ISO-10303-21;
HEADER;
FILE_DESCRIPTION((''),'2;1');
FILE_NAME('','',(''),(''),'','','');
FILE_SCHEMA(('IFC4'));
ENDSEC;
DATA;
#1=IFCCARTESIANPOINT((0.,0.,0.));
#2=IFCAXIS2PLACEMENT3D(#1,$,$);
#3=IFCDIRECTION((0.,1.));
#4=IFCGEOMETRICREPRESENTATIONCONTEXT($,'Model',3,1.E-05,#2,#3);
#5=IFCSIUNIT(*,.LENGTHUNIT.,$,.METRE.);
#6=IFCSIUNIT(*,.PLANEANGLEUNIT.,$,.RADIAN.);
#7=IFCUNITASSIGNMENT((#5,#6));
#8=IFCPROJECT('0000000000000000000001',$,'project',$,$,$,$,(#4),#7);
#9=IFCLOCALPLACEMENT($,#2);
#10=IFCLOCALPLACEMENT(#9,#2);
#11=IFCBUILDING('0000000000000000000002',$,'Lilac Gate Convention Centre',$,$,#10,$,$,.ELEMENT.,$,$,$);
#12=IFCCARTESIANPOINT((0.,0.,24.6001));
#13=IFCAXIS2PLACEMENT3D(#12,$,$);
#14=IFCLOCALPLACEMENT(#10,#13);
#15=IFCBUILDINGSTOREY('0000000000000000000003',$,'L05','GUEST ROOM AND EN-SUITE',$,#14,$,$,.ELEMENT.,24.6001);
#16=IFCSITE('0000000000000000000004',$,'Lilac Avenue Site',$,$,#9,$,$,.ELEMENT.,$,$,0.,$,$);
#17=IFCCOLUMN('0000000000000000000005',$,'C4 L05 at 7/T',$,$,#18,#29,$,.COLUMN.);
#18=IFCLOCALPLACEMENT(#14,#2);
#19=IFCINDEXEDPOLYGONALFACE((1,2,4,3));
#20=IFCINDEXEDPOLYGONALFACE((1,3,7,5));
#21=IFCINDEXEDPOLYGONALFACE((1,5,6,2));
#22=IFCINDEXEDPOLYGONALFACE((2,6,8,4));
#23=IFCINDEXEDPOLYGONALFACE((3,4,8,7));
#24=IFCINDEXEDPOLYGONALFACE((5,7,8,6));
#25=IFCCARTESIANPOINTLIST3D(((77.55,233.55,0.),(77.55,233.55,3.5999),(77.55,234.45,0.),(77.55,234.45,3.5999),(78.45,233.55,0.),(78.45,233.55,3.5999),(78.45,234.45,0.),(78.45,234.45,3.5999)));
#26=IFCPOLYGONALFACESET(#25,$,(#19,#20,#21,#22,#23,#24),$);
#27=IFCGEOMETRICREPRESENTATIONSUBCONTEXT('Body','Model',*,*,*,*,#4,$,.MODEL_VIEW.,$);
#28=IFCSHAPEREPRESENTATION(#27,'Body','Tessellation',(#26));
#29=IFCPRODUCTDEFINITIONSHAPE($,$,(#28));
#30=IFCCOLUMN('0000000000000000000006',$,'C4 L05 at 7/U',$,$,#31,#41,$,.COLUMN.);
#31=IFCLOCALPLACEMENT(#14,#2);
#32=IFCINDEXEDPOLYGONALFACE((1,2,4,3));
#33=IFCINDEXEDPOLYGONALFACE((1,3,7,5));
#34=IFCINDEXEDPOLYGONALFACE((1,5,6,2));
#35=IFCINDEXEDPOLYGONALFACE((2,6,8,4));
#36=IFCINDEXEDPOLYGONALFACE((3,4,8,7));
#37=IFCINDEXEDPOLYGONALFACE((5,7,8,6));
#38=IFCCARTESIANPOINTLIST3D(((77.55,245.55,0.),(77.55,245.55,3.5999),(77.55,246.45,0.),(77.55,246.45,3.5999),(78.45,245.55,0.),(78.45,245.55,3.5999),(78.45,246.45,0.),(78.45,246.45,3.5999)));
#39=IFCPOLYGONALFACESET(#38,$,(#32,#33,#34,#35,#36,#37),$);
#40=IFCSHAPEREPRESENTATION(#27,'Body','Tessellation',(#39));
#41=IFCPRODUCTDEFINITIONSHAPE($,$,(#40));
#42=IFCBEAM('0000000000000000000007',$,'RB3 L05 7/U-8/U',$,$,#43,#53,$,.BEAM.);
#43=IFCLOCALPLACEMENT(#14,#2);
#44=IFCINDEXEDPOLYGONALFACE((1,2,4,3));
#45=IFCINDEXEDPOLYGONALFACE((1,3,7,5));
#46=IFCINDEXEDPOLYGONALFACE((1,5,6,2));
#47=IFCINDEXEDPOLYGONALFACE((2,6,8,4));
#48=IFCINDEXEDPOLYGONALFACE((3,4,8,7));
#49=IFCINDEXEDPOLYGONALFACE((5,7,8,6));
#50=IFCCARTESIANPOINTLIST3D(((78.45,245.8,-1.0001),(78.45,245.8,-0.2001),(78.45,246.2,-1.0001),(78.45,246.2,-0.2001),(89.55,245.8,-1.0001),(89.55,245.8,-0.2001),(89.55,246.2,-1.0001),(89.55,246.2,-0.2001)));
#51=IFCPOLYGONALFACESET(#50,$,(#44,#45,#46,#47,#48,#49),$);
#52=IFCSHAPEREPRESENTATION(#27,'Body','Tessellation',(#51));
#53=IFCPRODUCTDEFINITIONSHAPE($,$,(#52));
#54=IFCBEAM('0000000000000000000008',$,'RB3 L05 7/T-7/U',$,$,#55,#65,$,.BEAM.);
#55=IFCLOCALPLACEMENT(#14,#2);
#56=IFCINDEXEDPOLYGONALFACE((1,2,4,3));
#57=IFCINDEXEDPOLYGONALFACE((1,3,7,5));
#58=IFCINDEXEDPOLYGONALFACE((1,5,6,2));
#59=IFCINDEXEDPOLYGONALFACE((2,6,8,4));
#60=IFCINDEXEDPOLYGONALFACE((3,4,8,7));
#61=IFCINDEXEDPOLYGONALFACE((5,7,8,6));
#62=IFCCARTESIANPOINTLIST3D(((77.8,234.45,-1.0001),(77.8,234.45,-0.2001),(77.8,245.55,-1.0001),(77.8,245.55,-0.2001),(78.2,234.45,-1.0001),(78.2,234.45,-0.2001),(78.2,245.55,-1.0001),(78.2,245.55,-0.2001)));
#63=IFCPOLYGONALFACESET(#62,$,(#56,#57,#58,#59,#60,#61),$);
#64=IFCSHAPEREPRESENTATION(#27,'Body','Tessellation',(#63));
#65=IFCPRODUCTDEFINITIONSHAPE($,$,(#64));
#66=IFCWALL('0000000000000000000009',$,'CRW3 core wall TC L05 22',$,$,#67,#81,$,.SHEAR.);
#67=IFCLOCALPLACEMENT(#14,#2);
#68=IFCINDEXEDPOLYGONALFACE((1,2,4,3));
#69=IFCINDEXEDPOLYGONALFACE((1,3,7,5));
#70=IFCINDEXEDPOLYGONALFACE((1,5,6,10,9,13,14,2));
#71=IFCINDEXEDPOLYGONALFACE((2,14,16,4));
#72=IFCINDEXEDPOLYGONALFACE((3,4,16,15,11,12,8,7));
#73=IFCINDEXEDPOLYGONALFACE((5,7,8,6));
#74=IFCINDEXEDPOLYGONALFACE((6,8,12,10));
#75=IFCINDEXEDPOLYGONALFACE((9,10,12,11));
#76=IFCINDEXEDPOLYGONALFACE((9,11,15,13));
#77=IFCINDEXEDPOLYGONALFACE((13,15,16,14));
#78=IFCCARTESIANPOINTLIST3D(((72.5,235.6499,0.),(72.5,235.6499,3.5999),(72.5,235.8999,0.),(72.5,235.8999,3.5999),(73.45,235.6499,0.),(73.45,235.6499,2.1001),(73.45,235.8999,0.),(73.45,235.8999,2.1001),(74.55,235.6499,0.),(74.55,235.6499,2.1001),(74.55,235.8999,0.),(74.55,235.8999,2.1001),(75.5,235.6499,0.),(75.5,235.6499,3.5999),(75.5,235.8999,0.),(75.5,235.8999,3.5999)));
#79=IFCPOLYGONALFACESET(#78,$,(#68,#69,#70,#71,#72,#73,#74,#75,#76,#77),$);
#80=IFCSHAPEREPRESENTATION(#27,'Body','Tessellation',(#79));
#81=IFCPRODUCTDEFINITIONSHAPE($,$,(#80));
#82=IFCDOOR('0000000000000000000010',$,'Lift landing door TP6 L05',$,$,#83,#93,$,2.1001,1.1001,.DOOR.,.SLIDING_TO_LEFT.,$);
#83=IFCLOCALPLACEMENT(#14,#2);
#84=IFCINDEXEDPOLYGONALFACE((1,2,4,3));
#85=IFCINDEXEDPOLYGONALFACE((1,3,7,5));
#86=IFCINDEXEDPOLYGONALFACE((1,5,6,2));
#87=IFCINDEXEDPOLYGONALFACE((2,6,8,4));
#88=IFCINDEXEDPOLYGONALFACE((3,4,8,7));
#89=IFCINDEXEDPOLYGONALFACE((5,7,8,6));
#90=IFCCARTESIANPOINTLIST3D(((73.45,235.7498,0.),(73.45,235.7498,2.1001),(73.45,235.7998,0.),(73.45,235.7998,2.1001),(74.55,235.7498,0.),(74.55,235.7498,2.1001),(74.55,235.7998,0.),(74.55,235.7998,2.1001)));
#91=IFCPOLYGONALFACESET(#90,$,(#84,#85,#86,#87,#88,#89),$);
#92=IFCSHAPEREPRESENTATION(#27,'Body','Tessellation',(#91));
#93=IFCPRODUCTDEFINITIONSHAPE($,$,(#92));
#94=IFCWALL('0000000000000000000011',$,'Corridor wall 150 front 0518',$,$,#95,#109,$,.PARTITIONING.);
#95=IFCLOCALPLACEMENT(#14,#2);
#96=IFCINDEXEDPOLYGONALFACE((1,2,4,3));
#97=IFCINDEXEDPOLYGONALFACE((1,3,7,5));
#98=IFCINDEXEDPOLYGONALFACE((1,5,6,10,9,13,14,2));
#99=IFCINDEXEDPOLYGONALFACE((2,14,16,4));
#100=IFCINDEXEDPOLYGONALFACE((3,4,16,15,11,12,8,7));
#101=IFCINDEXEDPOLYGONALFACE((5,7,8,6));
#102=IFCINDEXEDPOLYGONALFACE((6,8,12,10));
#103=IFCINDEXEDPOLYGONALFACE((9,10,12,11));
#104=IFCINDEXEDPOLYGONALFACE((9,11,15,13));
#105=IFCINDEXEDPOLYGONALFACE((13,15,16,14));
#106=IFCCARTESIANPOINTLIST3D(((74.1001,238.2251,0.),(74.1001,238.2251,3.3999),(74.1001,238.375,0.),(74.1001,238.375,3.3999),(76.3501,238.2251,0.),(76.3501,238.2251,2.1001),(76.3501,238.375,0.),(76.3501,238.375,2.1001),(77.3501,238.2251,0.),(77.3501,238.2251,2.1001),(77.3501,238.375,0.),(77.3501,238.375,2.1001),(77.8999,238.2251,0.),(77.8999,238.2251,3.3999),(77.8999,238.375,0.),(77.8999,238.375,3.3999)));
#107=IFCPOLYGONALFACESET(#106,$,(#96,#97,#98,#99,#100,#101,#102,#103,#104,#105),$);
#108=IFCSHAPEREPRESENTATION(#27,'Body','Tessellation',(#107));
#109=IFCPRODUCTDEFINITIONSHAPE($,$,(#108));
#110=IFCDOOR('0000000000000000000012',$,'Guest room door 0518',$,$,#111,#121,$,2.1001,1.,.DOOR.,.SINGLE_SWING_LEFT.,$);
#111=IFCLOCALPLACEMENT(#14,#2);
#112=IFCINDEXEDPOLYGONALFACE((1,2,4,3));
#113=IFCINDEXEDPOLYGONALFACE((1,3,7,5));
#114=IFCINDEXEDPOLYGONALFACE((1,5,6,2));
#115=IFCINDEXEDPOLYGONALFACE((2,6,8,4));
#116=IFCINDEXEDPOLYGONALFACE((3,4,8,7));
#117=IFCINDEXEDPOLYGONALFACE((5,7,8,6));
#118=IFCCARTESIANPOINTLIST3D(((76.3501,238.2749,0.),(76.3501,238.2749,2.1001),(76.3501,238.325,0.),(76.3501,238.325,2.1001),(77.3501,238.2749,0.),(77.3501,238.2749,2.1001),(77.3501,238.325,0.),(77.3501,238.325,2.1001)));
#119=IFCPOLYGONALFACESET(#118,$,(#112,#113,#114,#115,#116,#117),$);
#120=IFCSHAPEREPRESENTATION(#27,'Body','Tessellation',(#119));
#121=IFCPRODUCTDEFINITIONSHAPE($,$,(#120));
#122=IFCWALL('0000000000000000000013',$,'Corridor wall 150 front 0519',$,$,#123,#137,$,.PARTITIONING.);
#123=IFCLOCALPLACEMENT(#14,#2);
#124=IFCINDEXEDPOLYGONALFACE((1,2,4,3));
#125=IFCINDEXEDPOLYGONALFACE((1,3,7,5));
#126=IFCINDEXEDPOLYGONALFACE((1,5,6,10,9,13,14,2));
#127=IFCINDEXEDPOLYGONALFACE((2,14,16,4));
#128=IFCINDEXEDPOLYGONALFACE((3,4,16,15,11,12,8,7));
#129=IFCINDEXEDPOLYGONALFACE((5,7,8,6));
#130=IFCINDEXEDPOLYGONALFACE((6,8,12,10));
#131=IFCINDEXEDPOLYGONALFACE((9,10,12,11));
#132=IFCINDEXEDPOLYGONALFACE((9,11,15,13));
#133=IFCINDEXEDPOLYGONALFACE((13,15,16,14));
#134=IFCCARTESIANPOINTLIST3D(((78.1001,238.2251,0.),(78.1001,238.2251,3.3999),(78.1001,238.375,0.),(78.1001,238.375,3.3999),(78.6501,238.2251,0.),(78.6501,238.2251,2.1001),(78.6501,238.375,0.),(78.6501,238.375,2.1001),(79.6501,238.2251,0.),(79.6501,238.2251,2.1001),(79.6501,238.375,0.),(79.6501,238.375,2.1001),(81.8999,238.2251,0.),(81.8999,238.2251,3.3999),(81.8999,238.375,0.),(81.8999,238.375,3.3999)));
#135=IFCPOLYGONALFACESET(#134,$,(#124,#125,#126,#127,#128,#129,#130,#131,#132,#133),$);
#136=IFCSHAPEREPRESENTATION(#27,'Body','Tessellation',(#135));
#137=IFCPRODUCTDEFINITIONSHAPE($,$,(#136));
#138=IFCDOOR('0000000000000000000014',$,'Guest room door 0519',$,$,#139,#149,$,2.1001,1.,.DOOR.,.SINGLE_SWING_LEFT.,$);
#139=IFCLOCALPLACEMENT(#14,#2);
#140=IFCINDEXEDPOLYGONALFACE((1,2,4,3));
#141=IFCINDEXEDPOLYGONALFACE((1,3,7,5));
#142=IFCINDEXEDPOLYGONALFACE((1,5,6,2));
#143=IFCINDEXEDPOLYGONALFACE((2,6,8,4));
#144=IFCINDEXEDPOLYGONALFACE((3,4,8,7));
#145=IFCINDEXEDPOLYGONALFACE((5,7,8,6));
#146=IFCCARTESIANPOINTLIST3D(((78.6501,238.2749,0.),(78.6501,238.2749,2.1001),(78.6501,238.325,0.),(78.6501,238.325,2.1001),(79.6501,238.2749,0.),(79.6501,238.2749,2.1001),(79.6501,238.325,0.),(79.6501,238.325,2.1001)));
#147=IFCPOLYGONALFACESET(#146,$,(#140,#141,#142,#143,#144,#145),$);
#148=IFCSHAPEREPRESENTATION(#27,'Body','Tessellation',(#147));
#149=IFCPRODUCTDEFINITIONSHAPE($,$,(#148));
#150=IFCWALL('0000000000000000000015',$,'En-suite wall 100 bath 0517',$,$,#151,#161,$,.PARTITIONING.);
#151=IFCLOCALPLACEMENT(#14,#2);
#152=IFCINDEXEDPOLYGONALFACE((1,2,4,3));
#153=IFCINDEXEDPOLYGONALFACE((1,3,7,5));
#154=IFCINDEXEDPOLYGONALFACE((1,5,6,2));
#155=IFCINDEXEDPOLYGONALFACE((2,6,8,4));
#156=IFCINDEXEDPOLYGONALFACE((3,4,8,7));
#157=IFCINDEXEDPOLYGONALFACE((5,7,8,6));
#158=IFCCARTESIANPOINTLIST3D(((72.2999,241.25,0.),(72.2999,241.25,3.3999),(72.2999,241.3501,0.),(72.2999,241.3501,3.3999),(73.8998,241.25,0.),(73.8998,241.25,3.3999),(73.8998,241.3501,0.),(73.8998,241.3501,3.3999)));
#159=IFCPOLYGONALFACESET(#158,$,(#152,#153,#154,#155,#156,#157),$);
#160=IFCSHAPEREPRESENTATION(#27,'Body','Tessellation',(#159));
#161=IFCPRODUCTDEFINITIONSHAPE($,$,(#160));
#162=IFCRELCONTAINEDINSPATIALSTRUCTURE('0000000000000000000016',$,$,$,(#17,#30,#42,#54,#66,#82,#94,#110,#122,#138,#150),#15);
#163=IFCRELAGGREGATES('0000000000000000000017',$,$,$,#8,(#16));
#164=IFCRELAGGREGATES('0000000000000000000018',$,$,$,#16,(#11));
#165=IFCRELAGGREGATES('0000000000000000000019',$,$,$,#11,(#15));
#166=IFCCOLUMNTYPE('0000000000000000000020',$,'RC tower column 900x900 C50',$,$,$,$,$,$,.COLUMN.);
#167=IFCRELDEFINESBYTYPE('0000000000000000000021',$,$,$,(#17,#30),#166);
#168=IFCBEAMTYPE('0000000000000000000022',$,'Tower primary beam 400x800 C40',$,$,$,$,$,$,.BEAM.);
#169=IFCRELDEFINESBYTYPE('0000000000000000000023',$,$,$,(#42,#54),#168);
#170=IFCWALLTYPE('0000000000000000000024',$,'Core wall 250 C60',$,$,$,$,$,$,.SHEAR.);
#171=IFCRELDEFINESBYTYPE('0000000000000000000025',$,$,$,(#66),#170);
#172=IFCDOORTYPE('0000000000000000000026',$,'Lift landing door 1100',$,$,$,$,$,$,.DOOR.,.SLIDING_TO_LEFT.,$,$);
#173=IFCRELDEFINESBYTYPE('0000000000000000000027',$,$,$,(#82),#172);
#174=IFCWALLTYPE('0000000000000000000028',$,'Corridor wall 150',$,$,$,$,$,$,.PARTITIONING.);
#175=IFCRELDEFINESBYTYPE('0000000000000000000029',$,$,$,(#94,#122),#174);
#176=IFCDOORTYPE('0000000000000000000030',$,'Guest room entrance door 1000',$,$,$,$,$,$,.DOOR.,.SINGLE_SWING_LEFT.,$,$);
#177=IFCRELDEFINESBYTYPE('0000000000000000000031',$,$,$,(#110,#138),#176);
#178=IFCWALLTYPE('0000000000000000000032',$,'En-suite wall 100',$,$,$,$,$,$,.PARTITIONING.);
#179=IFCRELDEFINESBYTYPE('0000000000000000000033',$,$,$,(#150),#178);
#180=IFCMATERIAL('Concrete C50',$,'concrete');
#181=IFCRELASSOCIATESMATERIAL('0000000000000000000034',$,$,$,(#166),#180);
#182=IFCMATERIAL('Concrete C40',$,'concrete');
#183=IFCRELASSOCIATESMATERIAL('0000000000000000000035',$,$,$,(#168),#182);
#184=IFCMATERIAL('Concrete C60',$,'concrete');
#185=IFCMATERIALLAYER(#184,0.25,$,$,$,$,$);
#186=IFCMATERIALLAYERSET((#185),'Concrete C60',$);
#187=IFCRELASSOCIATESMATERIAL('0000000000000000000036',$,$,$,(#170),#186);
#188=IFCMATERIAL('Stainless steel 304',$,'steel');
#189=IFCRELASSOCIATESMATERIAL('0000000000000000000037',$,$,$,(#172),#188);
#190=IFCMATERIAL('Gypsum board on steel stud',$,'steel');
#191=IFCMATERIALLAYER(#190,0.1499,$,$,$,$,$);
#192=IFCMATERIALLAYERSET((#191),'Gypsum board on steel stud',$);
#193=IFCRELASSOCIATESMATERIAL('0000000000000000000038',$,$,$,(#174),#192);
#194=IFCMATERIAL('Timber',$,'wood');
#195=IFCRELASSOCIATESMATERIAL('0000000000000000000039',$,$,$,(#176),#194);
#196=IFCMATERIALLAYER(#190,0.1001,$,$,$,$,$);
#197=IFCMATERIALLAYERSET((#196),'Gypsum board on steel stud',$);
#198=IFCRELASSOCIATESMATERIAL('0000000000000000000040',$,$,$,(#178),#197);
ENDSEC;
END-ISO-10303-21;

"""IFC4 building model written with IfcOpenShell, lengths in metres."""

from ifc_helpers import new_model, si_unit, direction, frame, frame_2d, origin, origin_2d, place, context, subcontext, project, spatial, rectangle, extrude, material, layer, layer_set, material_profile, profile_set, type_object, element, fill, save


model = new_model("IFC4")

# Units and contexts
model_context = context("Model", 3, precision=1e-05, world=origin(), true_north=direction((0.0, 1.0)))
body_context = subcontext(model_context, "Body", "Model", "MODEL_VIEW")
ifc_project = project(units=[si_unit("LENGTHUNIT", "METRE"), si_unit("PLANEANGLEUNIT", "RADIAN")], contexts=[model_context])

# Site, building, storey
site_placement = place(None, origin())
site = spatial("IfcSite", under=ifc_project, at=site_placement, Name="Lilac Avenue Site", CompositionType="ELEMENT", RefElevation=0.0)
building_placement = place(site_placement, origin())
building = spatial("IfcBuilding", under=site, at=building_placement, Name="Lilac Gate Convention Centre", CompositionType="ELEMENT")
storey_placement = place(building_placement, frame((0.0, 0.0, 24.6001)))
storey = spatial("IfcBuildingStorey", under=building, at=storey_placement, Name="L05", Description="GUEST ROOM AND EN-SUITE", CompositionType="ELEMENT", Elevation=24.6001)

# Columns
ifc_material_1 = material(Name="Concrete C50", Category="concrete")
ifc_material_profile_1 = material_profile(ifc_material_1, rectangle(XDim=0.8999, YDim=0.8999, at=origin_2d()), Name="RC 900x900")
ifc_profile_set_1 = profile_set([ifc_material_profile_1], Name="Concrete C50")
column_type = type_object("IfcColumnType", Name="RC tower column 900x900 C50", PredefinedType="COLUMN", material=ifc_profile_set_1)
for number, where, z_axis, x_axis, name in (
    (1, (78.0, 234.0, 0.0), (0.0, 0.0, 1.0), (1.0, 0.0, 0.0), "C4 L05 at 7/T"),
    (2, (78.0, 246.0, 0.0), (0.0, 0.0, 1.0), (1.0, 0.0, 0.0), "C4 L05 at 7/U"),
):
    element("IfcColumn", number, at=place(storey_placement, frame(where, z_axis=z_axis, x_axis=x_axis)), inside=storey, type_object=column_type, Name=name, PredefinedType="COLUMN", context=body_context, shape_type="SweptSolid", body=[
        extrude(rectangle(XDim=0.8999, YDim=0.8999, at=origin_2d()), origin(), (0.0, 0.0, 1.0), 3.5999),
    ])

# Beams
ifc_material_2 = material(Name="Concrete C40", Category="concrete")
ifc_material_profile_2 = material_profile(ifc_material_2, rectangle(XDim=0.3999, YDim=0.8, at=origin_2d()), Name="RC 400x800")
ifc_profile_set_2 = profile_set([ifc_material_profile_2], Name="Concrete C40")
beam_type = type_object("IfcBeamType", Name="Tower primary beam 400x800 C40", PredefinedType="BEAM", material=ifc_profile_set_2)
for number, where, z_axis, x_axis, name in (
    (3, (78.45, 246.0, -0.6001), (1.0, 0.0, 0.0), (0.0, 1.0, 0.0), "RB3 L05 7/U-8/U"),
    (4, (78.0, 234.45, -0.6001), (0.0, 1.0, 0.0), (-1.0, 0.0, 0.0), "RB3 L05 7/T-7/U"),
):
    element("IfcBeam", number, at=place(storey_placement, frame(where, z_axis=z_axis, x_axis=x_axis)), inside=storey, type_object=beam_type, Name=name, PredefinedType="BEAM", context=body_context, shape_type="SweptSolid", body=[
        extrude(rectangle(XDim=0.3999, YDim=0.8, at=origin_2d()), origin(), (0.0, 0.0, 1.0), 11.1001),
    ])

# Walls, openings, doors
ifc_material_3 = material(Name="Concrete C60", Category="concrete")
ifc_layer_1 = layer(ifc_material_3, 0.25)
ifc_layer_set_1 = layer_set([ifc_layer_1], Name="Concrete C60")
wall_type_1 = type_object("IfcWallType", Name="Core wall 250 C60", PredefinedType="SHEAR", material=ifc_layer_set_1)
wall_1_placement = place(storey_placement, frame((72.5, 235.7749, 0.0), z_axis=(0.0, 0.0, 1.0), x_axis=(1.0, 0.0, 0.0)))
wall_1 = element("IfcWall", 5, at=wall_1_placement, inside=storey, type_object=wall_type_1, Name="CRW3 core wall TC L05 22", PredefinedType="SHEAR", context=body_context, shape_type="SweptSolid", body=[
    extrude(rectangle(XDim=3.0, YDim=0.25, at=frame_2d((1.5, 0.0))), origin(), (0.0, 0.0, 1.0), 3.5999),
])
opening_1_placement = place(wall_1_placement, frame((0.95, 0.0, 0.0)))
opening_1 = element("IfcOpeningElement", 6, at=opening_1_placement, cuts=wall_1, PredefinedType="OPENING", context=body_context, shape_type="SweptSolid", body=[
    extrude(rectangle(XDim=1.1001, YDim=2.1001, at=frame_2d((0.55, 1.05))), frame((0.0, 0.135, 0.0), z_axis=(0.0, -1.0, 0.0), x_axis=(1.0, 0.0, 0.0)), (0.0, 0.0, 1.0), 0.27),
])
ifc_material_4 = material(Name="Stainless steel 304", Category="steel")
door_type_1 = type_object("IfcDoorType", Name="Lift landing door 1100", OperationType="SLIDING_TO_LEFT", PredefinedType="DOOR", material=ifc_material_4)
door_1_placement = place(opening_1_placement, origin())
door_1 = element("IfcDoor", 7, at=door_1_placement, inside=storey, type_object=door_type_1, Name="Lift landing door TP6 L05", OperationType="SLIDING_TO_LEFT", OverallHeight=2.1001, OverallWidth=1.1001, PredefinedType="DOOR", context=body_context, shape_type="SweptSolid", body=[
    extrude(rectangle(XDim=1.1001, YDim=2.1001, at=frame_2d((0.55, 1.05))), frame((0.0, 0.0249, 0.0), z_axis=(0.0, -1.0, 0.0), x_axis=(1.0, 0.0, 0.0)), (0.0, 0.0, 1.0), 0.05),
])
fill(opening_1, door_1)
ifc_material_5 = material(Name="Gypsum board on steel stud", Category="steel")
ifc_layer_2 = layer(ifc_material_5, 0.1499)
ifc_layer_set_2 = layer_set([ifc_layer_2], Name="Gypsum board on steel stud")
wall_type_2 = type_object("IfcWallType", Name="Corridor wall 150", PredefinedType="PARTITIONING", material=ifc_layer_set_2)
wall_2_placement = place(storey_placement, frame((74.1001, 238.3, 0.0), z_axis=(0.0, 0.0, 1.0), x_axis=(1.0, 0.0, 0.0)))
wall_2 = element("IfcWall", 8, at=wall_2_placement, inside=storey, type_object=wall_type_2, Name="Corridor wall 150 front 0518", PredefinedType="PARTITIONING", context=body_context, shape_type="SweptSolid", body=[
    extrude(rectangle(XDim=3.7998, YDim=0.1499, at=frame_2d((1.8999, 0.0))), origin(), (0.0, 0.0, 1.0), 3.3999),
])
opening_2_placement = place(wall_2_placement, frame((2.25, 0.0, 0.0)))
opening_2 = element("IfcOpeningElement", 9, at=opening_2_placement, cuts=wall_2, PredefinedType="OPENING", context=body_context, shape_type="SweptSolid", body=[
    extrude(rectangle(XDim=1.0, YDim=2.1001, at=frame_2d((0.5, 1.05))), frame((0.0, 0.085, 0.0), z_axis=(0.0, -1.0, 0.0), x_axis=(1.0, 0.0, 0.0)), (0.0, 0.0, 1.0), 0.1699),
])
ifc_material_6 = material(Name="Timber", Category="wood")
door_type_2 = type_object("IfcDoorType", Name="Guest room entrance door 1000", OperationType="SINGLE_SWING_LEFT", PredefinedType="DOOR", material=ifc_material_6)
door_2_placement = place(opening_2_placement, origin())
door_2 = element("IfcDoor", 10, at=door_2_placement, inside=storey, type_object=door_type_2, Name="Guest room door 0518", OperationType="SINGLE_SWING_LEFT", OverallHeight=2.1001, OverallWidth=1.0, PredefinedType="DOOR", context=body_context, shape_type="SweptSolid", body=[
    extrude(rectangle(XDim=1.0, YDim=2.1001, at=frame_2d((0.5, 1.05))), frame((0.0, 0.0249, 0.0), z_axis=(0.0, -1.0, 0.0), x_axis=(1.0, 0.0, 0.0)), (0.0, 0.0, 1.0), 0.05),
])
fill(opening_2, door_2)
wall_3_placement = place(storey_placement, frame((78.1001, 238.3, 0.0), z_axis=(0.0, 0.0, 1.0), x_axis=(1.0, 0.0, 0.0)))
wall_3 = element("IfcWall", 11, at=wall_3_placement, inside=storey, type_object=wall_type_2, Name="Corridor wall 150 front 0519", PredefinedType="PARTITIONING", context=body_context, shape_type="SweptSolid", body=[
    extrude(rectangle(XDim=3.7998, YDim=0.1499, at=frame_2d((1.8999, 0.0))), origin(), (0.0, 0.0, 1.0), 3.3999),
])
opening_3_placement = place(wall_3_placement, frame((0.55, 0.0, 0.0)))
opening_3 = element("IfcOpeningElement", 12, at=opening_3_placement, cuts=wall_3, PredefinedType="OPENING", context=body_context, shape_type="SweptSolid", body=[
    extrude(rectangle(XDim=1.0, YDim=2.1001, at=frame_2d((0.5, 1.05))), frame((0.0, 0.085, 0.0), z_axis=(0.0, -1.0, 0.0), x_axis=(1.0, 0.0, 0.0)), (0.0, 0.0, 1.0), 0.1699),
])
door_3_placement = place(opening_3_placement, origin())
door_3 = element("IfcDoor", 13, at=door_3_placement, inside=storey, type_object=door_type_2, Name="Guest room door 0519", OperationType="SINGLE_SWING_LEFT", OverallHeight=2.1001, OverallWidth=1.0, PredefinedType="DOOR", context=body_context, shape_type="SweptSolid", body=[
    extrude(rectangle(XDim=1.0, YDim=2.1001, at=frame_2d((0.5, 1.05))), frame((0.0, 0.0249, 0.0), z_axis=(0.0, -1.0, 0.0), x_axis=(1.0, 0.0, 0.0)), (0.0, 0.0, 1.0), 0.05),
])
fill(opening_3, door_3)

# Wall
ifc_layer_3 = layer(ifc_material_5, 0.1001)
ifc_layer_set_3 = layer_set([ifc_layer_3], Name="Gypsum board on steel stud")
wall_type_3 = type_object("IfcWallType", Name="En-suite wall 100", PredefinedType="PARTITIONING", material=ifc_layer_set_3)
wall_4_placement = place(storey_placement, frame((72.3, 241.3, 0.0), z_axis=(0.0, 0.0, 1.0), x_axis=(1.0, 0.0, 0.0)))
element("IfcWall", 14, at=wall_4_placement, inside=storey, type_object=wall_type_3, Name="En-suite wall 100 bath 0517", PredefinedType="PARTITIONING", context=body_context, shape_type="SweptSolid", body=[
    extrude(rectangle(XDim=1.5999, YDim=0.1001, at=frame_2d((0.7998, 0.0))), origin(), (0.0, 0.0, 1.0), 3.3999),
])

save(model, "model.ifc")
